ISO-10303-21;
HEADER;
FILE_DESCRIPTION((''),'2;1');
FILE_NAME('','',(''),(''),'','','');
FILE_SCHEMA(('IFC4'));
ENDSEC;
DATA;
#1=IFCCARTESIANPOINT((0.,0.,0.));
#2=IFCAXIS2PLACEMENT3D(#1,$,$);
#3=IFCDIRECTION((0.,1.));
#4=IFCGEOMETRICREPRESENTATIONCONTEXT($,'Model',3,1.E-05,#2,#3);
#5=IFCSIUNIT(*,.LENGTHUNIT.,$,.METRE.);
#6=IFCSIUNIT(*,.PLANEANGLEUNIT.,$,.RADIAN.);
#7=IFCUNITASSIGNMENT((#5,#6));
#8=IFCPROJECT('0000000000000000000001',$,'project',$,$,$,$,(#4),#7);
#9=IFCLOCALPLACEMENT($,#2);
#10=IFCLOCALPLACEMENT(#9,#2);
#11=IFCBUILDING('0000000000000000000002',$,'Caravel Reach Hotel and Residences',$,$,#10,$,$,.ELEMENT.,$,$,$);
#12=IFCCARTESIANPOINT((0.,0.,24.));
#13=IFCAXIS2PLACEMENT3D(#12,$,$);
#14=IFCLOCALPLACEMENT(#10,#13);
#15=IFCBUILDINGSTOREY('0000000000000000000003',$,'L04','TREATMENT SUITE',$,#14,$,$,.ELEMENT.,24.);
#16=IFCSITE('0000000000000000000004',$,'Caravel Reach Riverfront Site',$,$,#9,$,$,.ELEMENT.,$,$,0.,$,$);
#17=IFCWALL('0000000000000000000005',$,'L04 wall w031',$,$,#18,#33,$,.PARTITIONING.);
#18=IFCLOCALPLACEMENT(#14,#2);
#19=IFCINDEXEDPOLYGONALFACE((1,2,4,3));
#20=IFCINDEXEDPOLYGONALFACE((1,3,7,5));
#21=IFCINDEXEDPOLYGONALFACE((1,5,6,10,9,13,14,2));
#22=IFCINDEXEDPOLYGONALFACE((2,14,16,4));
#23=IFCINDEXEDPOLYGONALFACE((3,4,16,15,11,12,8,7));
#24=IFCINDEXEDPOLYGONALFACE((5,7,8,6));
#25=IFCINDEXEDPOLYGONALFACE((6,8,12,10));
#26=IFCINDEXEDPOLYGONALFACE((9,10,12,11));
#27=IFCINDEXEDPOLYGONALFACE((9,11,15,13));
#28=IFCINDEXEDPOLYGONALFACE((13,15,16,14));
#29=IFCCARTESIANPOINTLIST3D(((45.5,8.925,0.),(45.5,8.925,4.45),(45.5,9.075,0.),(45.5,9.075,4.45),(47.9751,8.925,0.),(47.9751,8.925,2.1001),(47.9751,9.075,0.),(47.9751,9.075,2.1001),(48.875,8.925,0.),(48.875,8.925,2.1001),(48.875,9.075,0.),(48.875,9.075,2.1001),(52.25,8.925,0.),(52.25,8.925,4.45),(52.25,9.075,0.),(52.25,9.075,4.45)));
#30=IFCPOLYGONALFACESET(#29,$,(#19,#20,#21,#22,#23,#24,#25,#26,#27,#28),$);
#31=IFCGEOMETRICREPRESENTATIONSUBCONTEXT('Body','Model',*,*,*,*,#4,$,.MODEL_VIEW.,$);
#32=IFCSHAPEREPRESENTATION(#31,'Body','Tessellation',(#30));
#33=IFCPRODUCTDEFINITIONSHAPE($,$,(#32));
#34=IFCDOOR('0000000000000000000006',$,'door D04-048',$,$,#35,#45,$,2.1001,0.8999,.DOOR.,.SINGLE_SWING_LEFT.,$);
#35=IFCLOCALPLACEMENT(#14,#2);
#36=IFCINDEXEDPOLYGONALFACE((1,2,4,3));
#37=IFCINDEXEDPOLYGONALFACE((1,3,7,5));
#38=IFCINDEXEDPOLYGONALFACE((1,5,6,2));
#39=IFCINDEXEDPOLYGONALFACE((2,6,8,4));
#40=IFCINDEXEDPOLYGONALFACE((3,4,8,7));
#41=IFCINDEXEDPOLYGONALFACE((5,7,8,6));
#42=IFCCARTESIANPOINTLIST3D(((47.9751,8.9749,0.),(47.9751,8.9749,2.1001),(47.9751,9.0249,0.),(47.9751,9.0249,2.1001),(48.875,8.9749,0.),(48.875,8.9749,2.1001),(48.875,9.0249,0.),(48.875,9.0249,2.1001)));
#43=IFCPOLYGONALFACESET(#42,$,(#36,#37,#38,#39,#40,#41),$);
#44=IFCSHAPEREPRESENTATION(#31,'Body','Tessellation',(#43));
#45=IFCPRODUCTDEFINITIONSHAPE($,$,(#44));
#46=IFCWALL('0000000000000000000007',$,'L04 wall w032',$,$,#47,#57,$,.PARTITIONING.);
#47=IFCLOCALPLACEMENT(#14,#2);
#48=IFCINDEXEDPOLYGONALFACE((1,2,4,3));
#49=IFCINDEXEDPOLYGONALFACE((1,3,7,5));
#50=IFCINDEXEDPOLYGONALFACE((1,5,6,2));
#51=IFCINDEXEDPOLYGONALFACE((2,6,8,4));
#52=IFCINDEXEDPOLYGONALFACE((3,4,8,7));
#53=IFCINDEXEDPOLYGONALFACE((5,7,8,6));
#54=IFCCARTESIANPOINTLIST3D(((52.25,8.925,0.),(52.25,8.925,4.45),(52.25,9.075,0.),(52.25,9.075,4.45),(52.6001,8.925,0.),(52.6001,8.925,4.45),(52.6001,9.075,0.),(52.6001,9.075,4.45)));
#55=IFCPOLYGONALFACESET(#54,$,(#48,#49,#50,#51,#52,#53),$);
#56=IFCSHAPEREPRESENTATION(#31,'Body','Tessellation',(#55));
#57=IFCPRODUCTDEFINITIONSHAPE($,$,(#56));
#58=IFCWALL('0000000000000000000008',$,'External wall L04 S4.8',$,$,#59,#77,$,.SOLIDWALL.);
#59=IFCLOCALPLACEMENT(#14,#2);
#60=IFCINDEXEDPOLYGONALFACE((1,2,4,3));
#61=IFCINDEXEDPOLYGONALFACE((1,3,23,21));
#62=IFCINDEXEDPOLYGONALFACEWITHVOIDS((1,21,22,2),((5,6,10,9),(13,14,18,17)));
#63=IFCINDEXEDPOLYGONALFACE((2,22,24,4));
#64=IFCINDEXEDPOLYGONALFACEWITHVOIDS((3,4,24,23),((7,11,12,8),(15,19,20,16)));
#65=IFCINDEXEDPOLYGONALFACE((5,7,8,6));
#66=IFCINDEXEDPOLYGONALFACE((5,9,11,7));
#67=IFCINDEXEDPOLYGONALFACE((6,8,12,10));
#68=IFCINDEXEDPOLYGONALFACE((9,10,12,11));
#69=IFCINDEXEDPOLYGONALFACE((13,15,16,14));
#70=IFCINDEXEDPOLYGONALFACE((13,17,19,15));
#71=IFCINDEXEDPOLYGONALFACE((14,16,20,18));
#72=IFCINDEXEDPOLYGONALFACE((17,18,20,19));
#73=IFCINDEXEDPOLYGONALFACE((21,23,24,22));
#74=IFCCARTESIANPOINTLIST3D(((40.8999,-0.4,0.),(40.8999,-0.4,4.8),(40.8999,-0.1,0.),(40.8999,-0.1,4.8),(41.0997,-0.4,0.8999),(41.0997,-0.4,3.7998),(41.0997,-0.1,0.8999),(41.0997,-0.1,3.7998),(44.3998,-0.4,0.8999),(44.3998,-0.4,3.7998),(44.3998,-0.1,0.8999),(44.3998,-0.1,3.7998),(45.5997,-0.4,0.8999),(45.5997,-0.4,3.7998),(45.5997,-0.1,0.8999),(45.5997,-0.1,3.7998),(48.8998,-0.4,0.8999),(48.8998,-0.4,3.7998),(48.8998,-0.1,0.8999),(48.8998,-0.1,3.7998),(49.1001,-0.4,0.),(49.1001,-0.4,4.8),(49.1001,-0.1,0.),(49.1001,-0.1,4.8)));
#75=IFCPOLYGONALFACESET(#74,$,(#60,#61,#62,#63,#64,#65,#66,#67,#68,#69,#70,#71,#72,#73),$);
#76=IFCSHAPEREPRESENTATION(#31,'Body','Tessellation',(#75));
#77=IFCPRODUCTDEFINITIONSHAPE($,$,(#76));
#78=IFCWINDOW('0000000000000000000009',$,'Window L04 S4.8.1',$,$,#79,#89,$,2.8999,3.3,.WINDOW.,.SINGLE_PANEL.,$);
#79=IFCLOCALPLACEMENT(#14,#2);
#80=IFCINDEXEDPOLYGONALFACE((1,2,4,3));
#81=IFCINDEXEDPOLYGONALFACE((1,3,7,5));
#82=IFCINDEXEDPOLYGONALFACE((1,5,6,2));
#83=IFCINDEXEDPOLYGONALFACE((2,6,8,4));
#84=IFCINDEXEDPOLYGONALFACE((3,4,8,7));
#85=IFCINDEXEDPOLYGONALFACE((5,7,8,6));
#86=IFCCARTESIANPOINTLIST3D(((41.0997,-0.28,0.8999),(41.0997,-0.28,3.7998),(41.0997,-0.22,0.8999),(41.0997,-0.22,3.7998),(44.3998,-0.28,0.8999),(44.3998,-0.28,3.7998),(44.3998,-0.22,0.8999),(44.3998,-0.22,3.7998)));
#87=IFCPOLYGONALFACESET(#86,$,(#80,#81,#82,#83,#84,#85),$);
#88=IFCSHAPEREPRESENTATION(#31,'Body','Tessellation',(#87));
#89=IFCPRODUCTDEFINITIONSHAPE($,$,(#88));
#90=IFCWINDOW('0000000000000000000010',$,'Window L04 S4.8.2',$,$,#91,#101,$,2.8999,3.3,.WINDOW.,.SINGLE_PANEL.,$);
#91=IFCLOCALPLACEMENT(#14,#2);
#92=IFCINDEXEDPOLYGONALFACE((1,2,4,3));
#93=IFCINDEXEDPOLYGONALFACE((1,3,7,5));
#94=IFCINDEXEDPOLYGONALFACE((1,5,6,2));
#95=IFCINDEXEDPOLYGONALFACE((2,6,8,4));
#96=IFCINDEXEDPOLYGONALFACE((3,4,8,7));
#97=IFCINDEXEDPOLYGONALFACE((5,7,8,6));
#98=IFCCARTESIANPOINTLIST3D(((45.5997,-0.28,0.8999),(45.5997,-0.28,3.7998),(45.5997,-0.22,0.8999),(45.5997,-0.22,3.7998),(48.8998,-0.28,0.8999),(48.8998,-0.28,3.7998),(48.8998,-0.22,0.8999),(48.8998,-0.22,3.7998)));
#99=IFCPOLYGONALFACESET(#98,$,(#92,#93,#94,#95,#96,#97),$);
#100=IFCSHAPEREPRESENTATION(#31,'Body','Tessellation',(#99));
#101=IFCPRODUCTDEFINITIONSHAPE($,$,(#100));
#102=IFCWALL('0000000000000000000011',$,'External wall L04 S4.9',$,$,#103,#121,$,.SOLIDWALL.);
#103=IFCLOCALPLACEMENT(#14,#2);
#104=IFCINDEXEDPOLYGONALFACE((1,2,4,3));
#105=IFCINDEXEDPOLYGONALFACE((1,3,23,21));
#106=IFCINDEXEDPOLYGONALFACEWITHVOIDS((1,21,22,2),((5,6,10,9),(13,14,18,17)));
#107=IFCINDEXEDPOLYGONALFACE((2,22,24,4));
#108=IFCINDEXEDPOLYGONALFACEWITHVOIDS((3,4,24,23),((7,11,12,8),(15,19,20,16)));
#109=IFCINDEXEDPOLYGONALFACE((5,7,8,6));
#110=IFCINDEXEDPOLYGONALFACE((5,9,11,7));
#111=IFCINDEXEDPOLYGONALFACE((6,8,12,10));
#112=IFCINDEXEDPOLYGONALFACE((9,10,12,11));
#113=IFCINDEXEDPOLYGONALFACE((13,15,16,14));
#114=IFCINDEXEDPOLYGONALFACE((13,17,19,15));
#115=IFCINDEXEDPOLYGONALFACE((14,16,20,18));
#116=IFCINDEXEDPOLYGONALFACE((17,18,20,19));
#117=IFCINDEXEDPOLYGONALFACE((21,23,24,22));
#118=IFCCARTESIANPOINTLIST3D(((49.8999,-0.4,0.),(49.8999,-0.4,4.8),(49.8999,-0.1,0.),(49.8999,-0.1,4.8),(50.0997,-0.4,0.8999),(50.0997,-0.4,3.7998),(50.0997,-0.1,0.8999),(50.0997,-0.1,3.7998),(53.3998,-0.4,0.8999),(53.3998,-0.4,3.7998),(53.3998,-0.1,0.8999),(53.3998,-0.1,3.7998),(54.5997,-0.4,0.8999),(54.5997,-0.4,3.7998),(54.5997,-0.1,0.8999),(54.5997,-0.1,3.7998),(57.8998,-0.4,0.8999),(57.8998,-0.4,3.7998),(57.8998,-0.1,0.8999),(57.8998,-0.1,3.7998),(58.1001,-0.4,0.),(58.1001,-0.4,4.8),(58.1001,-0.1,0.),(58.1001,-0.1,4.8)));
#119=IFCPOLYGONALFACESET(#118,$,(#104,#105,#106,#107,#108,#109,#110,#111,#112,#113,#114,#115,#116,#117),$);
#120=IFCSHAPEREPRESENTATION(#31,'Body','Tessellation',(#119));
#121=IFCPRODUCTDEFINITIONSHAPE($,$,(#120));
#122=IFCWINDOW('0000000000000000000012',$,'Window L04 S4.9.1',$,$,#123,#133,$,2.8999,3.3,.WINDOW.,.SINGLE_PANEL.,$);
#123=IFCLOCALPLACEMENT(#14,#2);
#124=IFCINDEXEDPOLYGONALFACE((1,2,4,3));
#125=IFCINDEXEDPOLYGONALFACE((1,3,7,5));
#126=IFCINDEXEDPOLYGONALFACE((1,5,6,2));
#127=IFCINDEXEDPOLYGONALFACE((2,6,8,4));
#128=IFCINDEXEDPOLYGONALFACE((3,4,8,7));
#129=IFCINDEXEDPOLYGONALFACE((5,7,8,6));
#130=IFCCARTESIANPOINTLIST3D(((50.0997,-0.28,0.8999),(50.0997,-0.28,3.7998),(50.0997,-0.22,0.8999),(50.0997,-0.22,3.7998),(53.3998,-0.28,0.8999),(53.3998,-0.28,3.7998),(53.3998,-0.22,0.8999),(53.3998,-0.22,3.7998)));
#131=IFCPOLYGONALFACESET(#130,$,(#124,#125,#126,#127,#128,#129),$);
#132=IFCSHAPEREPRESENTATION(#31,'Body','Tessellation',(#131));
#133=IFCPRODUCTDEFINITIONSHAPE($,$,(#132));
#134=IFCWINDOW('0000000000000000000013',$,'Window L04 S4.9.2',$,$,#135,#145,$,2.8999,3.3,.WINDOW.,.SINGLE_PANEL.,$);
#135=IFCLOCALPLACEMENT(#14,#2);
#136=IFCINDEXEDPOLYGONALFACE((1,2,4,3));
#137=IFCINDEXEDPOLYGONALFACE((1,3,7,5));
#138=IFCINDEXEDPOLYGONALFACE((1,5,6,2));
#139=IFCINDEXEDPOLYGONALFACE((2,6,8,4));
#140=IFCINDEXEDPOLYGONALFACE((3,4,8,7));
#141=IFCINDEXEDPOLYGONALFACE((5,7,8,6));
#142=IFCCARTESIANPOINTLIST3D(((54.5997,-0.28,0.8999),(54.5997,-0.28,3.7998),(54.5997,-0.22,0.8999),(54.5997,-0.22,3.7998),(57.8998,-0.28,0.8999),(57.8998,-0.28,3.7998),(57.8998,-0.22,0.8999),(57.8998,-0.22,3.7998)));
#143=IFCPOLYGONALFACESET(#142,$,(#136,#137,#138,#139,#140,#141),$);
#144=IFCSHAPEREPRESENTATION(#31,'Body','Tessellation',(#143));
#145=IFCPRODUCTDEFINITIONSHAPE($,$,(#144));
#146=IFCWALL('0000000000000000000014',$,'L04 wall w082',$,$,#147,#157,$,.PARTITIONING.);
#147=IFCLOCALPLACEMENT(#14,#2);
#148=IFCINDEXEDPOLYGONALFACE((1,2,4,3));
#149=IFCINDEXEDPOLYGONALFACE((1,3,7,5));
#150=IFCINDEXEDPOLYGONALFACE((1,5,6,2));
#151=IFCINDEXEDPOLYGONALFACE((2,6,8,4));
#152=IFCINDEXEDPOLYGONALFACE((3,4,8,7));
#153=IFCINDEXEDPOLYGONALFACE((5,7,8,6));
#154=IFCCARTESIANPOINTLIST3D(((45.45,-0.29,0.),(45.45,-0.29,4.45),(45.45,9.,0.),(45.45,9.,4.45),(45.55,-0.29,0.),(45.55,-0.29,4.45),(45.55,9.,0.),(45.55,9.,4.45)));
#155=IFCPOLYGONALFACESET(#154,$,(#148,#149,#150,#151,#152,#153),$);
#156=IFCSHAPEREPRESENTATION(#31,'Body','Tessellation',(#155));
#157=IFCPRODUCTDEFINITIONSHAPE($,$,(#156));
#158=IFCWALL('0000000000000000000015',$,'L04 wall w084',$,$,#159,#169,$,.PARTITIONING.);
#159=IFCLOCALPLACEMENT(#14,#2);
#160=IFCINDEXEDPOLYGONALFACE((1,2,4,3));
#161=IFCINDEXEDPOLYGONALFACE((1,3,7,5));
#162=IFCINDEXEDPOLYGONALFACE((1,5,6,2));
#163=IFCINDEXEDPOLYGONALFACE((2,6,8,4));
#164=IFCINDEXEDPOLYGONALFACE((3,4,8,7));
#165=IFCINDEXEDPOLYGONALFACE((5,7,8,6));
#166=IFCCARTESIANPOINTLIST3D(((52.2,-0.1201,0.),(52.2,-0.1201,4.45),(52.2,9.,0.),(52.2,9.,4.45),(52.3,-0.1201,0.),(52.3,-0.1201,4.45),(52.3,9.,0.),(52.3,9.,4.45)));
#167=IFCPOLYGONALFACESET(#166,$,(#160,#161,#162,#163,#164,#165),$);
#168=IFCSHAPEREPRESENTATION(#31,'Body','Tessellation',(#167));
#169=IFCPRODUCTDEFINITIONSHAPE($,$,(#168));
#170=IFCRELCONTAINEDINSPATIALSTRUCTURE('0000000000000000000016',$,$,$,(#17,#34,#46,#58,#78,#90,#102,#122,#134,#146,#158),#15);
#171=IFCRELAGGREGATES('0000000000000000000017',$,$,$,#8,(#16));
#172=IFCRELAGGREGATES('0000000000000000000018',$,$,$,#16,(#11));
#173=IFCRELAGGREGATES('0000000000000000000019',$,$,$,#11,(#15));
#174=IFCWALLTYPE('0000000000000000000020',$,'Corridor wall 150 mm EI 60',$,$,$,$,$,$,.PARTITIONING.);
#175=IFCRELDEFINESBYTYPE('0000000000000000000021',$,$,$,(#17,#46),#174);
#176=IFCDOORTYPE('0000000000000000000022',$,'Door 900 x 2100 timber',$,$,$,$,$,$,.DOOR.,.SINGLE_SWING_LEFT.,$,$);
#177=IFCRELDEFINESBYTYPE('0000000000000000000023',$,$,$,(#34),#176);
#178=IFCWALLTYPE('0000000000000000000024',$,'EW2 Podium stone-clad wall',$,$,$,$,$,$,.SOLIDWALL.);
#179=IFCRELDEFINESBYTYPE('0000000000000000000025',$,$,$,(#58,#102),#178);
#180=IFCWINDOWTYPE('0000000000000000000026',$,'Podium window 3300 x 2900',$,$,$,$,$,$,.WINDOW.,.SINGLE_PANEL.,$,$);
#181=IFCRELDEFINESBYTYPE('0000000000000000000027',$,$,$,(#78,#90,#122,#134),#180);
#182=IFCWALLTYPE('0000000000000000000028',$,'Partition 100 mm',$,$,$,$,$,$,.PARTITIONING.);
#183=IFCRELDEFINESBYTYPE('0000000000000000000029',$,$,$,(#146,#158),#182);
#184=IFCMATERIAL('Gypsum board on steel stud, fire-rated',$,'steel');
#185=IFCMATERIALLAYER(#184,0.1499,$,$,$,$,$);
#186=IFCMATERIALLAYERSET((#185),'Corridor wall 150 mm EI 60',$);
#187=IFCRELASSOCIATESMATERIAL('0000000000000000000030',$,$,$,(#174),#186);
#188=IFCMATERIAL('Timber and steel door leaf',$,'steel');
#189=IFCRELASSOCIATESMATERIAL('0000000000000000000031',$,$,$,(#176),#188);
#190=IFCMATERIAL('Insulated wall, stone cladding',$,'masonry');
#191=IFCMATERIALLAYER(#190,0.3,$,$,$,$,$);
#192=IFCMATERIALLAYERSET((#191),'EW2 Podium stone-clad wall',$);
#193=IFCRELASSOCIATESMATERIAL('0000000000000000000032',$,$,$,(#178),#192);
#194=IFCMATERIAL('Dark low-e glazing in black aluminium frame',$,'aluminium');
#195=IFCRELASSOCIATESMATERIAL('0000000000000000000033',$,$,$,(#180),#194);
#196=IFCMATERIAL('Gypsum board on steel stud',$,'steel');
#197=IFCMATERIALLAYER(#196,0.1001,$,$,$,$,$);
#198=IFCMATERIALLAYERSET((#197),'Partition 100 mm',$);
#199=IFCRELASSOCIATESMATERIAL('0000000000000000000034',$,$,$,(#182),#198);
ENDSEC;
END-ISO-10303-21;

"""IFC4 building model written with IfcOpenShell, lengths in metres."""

from ifc_helpers import new_model, si_unit, direction, frame, frame_2d, origin, place, context, subcontext, project, spatial, rectangle, extrude, material, layer, layer_set, type_object, element, fill, save


model = new_model("IFC4")

# Units and contexts
model_context = context("Model", 3, precision=1e-05, world=origin(), true_north=direction((0.0, 1.0)))
body_context = subcontext(model_context, "Body", "Model", "MODEL_VIEW")
ifc_project = project(units=[si_unit("LENGTHUNIT", "METRE"), si_unit("PLANEANGLEUNIT", "RADIAN")], contexts=[model_context])

# Site, building, storey
site_placement = place(None, origin())
site = spatial("IfcSite", under=ifc_project, at=site_placement, Name="Caravel Reach Riverfront Site", CompositionType="ELEMENT", RefElevation=0.0)
building_placement = place(site_placement, origin())
building = spatial("IfcBuilding", under=site, at=building_placement, Name="Caravel Reach Hotel and Residences", CompositionType="ELEMENT")
storey_placement = place(building_placement, frame((0.0, 0.0, 24.0)))
storey = spatial("IfcBuildingStorey", under=building, at=storey_placement, Name="L04", Description="TREATMENT SUITE", CompositionType="ELEMENT", Elevation=24.0)

# Wall, opening, door
ifc_material_1 = material(Name="Gypsum board on steel stud, fire-rated", Category="steel")
ifc_layer_1 = layer(ifc_material_1, 0.1499)
ifc_layer_set_1 = layer_set([ifc_layer_1], Name="Corridor wall 150 mm EI 60")
wall_type_1 = type_object("IfcWallType", Name="Corridor wall 150 mm EI 60", PredefinedType="PARTITIONING", material=ifc_layer_set_1)
wall_1_placement = place(storey_placement, frame((45.5, 9.0, 0.0), z_axis=(0.0, 0.0, 1.0), x_axis=(1.0, 0.0, 0.0)))
wall_1 = element("IfcWall", 1, at=wall_1_placement, inside=storey, type_object=wall_type_1, Name="L04 wall w031", PredefinedType="PARTITIONING", context=body_context, shape_type="SweptSolid", body=[
    extrude(rectangle(XDim=6.75, YDim=0.1499, at=frame_2d((3.375, 0.0))), origin(), (0.0, 0.0, 1.0), 4.45),
])
opening_1_placement = place(wall_1_placement, frame((2.4751, 0.0, 0.0)))
opening_1 = element("IfcOpeningElement", 2, at=opening_1_placement, cuts=wall_1, PredefinedType="OPENING", context=body_context, shape_type="SweptSolid", body=[
    extrude(rectangle(XDim=0.8999, YDim=2.1001, at=frame_2d((0.45, 1.05))), frame((0.0, 0.085, 0.0), z_axis=(0.0, -1.0, 0.0), x_axis=(1.0, 0.0, 0.0)), (0.0, 0.0, 1.0), 0.1699),
])
ifc_material_2 = material(Name="Timber and steel door leaf", Category="steel")
door_type = type_object("IfcDoorType", Name="Door 900 x 2100 timber", OperationType="SINGLE_SWING_LEFT", PredefinedType="DOOR", material=ifc_material_2)
door_placement = place(opening_1_placement, origin())
door = element("IfcDoor", 3, at=door_placement, inside=storey, type_object=door_type, Name="door D04-048", OperationType="SINGLE_SWING_LEFT", OverallHeight=2.1001, OverallWidth=0.8999, PredefinedType="DOOR", context=body_context, shape_type="SweptSolid", body=[
    extrude(rectangle(XDim=0.8999, YDim=2.1001, at=frame_2d((0.45, 1.05))), frame((0.0, 0.0249, 0.0), z_axis=(0.0, -1.0, 0.0), x_axis=(1.0, 0.0, 0.0)), (0.0, 0.0, 1.0), 0.05),
])
fill(opening_1, door)

# Wall
wall_2_placement = place(storey_placement, frame((52.25, 9.0, 0.0), z_axis=(0.0, 0.0, 1.0), x_axis=(1.0, 0.0, 0.0)))
element("IfcWall", 4, at=wall_2_placement, inside=storey, type_object=wall_type_1, Name="L04 wall w032", PredefinedType="PARTITIONING", context=body_context, shape_type="SweptSolid", body=[
    extrude(rectangle(XDim=0.3501, YDim=0.1499, at=frame_2d((0.175, 0.0))), origin(), (0.0, 0.0, 1.0), 4.45),
])

# Walls, openings, windows
ifc_material_3 = material(Name="Insulated wall, stone cladding", Category="masonry")
ifc_layer_2 = layer(ifc_material_3, 0.3)
ifc_layer_set_2 = layer_set([ifc_layer_2], Name="EW2 Podium stone-clad wall")
wall_type_2 = type_object("IfcWallType", Name="EW2 Podium stone-clad wall", PredefinedType="SOLIDWALL", material=ifc_layer_set_2)
wall_3_placement = place(storey_placement, frame((40.8999, -0.25, 0.0), z_axis=(0.0, 0.0, 1.0), x_axis=(1.0, 0.0, 0.0)))
wall_3 = element("IfcWall", 5, at=wall_3_placement, inside=storey, type_object=wall_type_2, Name="External wall L04 S4.8", PredefinedType="SOLIDWALL", context=body_context, shape_type="SweptSolid", body=[
    extrude(rectangle(XDim=8.2002, YDim=0.3, at=frame_2d((4.1001, 0.0))), origin(), (0.0, 0.0, 1.0), 4.8),
])
opening_2_placement = place(wall_3_placement, frame((0.2, 0.0, 0.8999)))
opening_2 = element("IfcOpeningElement", 6, at=opening_2_placement, cuts=wall_3, PredefinedType="OPENING", context=body_context, shape_type="SweptSolid", body=[
    extrude(rectangle(XDim=3.3, YDim=2.8999, at=frame_2d((1.6499, 1.45))), frame((0.0, 0.1599, 0.0), z_axis=(0.0, -1.0, 0.0), x_axis=(1.0, 0.0, 0.0)), (0.0, 0.0, 1.0), 0.3201),
])
opening_3_placement = place(wall_3_placement, frame((4.7, 0.0, 0.8999)))
opening_3 = element("IfcOpeningElement", 7, at=opening_3_placement, cuts=wall_3, PredefinedType="OPENING", context=body_context, shape_type="SweptSolid", body=[
    extrude(rectangle(XDim=3.3, YDim=2.8999, at=frame_2d((1.6499, 1.45))), frame((0.0, 0.1599, 0.0), z_axis=(0.0, -1.0, 0.0), x_axis=(1.0, 0.0, 0.0)), (0.0, 0.0, 1.0), 0.3201),
])
ifc_material_4 = material(Name="Dark low-e glazing in black aluminium frame", Category="aluminium")
window_type = type_object("IfcWindowType", Name="Podium window 3300 x 2900", PartitioningType="SINGLE_PANEL", PredefinedType="WINDOW", material=ifc_material_4)
window_1_placement = place(opening_2_placement, origin())
window_1 = element("IfcWindow", 8, at=window_1_placement, inside=storey, type_object=window_type, Name="Window L04 S4.8.1", OverallHeight=2.8999, OverallWidth=3.3, PartitioningType="SINGLE_PANEL", PredefinedType="WINDOW", context=body_context, shape_type="SweptSolid", body=[
    extrude(rectangle(XDim=3.3, YDim=2.8999, at=frame_2d((1.6499, 1.45))), frame((0.0, 0.03, 0.0), z_axis=(0.0, -1.0, 0.0), x_axis=(1.0, 0.0, 0.0)), (0.0, 0.0, 1.0), 0.0601),
])
fill(opening_2, window_1)
window_2_placement = place(opening_3_placement, origin())
window_2 = element("IfcWindow", 9, at=window_2_placement, inside=storey, type_object=window_type, Name="Window L04 S4.8.2", OverallHeight=2.8999, OverallWidth=3.3, PartitioningType="SINGLE_PANEL", PredefinedType="WINDOW", context=body_context, shape_type="SweptSolid", body=[
    extrude(rectangle(XDim=3.3, YDim=2.8999, at=frame_2d((1.6499, 1.45))), frame((0.0, 0.03, 0.0), z_axis=(0.0, -1.0, 0.0), x_axis=(1.0, 0.0, 0.0)), (0.0, 0.0, 1.0), 0.0601),
])
fill(opening_3, window_2)
wall_4_placement = place(storey_placement, frame((49.8999, -0.25, 0.0), z_axis=(0.0, 0.0, 1.0), x_axis=(1.0, 0.0, 0.0)))
wall_4 = element("IfcWall", 10, at=wall_4_placement, inside=storey, type_object=wall_type_2, Name="External wall L04 S4.9", PredefinedType="SOLIDWALL", context=body_context, shape_type="SweptSolid", body=[
    extrude(rectangle(XDim=8.2002, YDim=0.3, at=frame_2d((4.1001, 0.0))), origin(), (0.0, 0.0, 1.0), 4.8),
])
opening_4_placement = place(wall_4_placement, frame((0.2, 0.0, 0.8999)))
opening_4 = element("IfcOpeningElement", 11, at=opening_4_placement, cuts=wall_4, PredefinedType="OPENING", context=body_context, shape_type="SweptSolid", body=[
    extrude(rectangle(XDim=3.3, YDim=2.8999, at=frame_2d((1.6499, 1.45))), frame((0.0, 0.1599, 0.0), z_axis=(0.0, -1.0, 0.0), x_axis=(1.0, 0.0, 0.0)), (0.0, 0.0, 1.0), 0.3201),
])
opening_5_placement = place(wall_4_placement, frame((4.7, 0.0, 0.8999)))
opening_5 = element("IfcOpeningElement", 12, at=opening_5_placement, cuts=wall_4, PredefinedType="OPENING", context=body_context, shape_type="SweptSolid", body=[
    extrude(rectangle(XDim=3.3, YDim=2.8999, at=frame_2d((1.6499, 1.45))), frame((0.0, 0.1599, 0.0), z_axis=(0.0, -1.0, 0.0), x_axis=(1.0, 0.0, 0.0)), (0.0, 0.0, 1.0), 0.3201),
])
window_3_placement = place(opening_4_placement, origin())
window_3 = element("IfcWindow", 13, at=window_3_placement, inside=storey, type_object=window_type, Name="Window L04 S4.9.1", OverallHeight=2.8999, OverallWidth=3.3, PartitioningType="SINGLE_PANEL", PredefinedType="WINDOW", context=body_context, shape_type="SweptSolid", body=[
    extrude(rectangle(XDim=3.3, YDim=2.8999, at=frame_2d((1.6499, 1.45))), frame((0.0, 0.03, 0.0), z_axis=(0.0, -1.0, 0.0), x_axis=(1.0, 0.0, 0.0)), (0.0, 0.0, 1.0), 0.0601),
])
fill(opening_4, window_3)
window_4_placement = place(opening_5_placement, origin())
window_4 = element("IfcWindow", 14, at=window_4_placement, inside=storey, type_object=window_type, Name="Window L04 S4.9.2", OverallHeight=2.8999, OverallWidth=3.3, PartitioningType="SINGLE_PANEL", PredefinedType="WINDOW", context=body_context, shape_type="SweptSolid", body=[
    extrude(rectangle(XDim=3.3, YDim=2.8999, at=frame_2d((1.6499, 1.45))), frame((0.0, 0.03, 0.0), z_axis=(0.0, -1.0, 0.0), x_axis=(1.0, 0.0, 0.0)), (0.0, 0.0, 1.0), 0.0601),
])
fill(opening_5, window_4)

# Walls
ifc_material_5 = material(Name="Gypsum board on steel stud", Category="steel")
ifc_layer_3 = layer(ifc_material_5, 0.1001)
ifc_layer_set_3 = layer_set([ifc_layer_3], Name="Partition 100 mm")
wall_type_3 = type_object("IfcWallType", Name="Partition 100 mm", PredefinedType="PARTITIONING", material=ifc_layer_set_3)
wall_5_placement = place(storey_placement, frame((45.5, -0.29, 0.0), z_axis=(0.0, 0.0, 1.0), x_axis=(0.0, 1.0, 0.0)))
element("IfcWall", 15, at=wall_5_placement, inside=storey, type_object=wall_type_3, Name="L04 wall w082", PredefinedType="PARTITIONING", context=body_context, shape_type="SweptSolid", body=[
    extrude(rectangle(XDim=9.29, YDim=0.1001, at=frame_2d((4.645, 0.0))), origin(), (0.0, 0.0, 1.0), 4.45),
])
wall_6_placement = place(storey_placement, frame((52.25, -0.1201, 0.0), z_axis=(0.0, 0.0, 1.0), x_axis=(0.0, 1.0, 0.0)))
element("IfcWall", 16, at=wall_6_placement, inside=storey, type_object=wall_type_3, Name="L04 wall w084", PredefinedType="PARTITIONING", context=body_context, shape_type="SweptSolid", body=[
    extrude(rectangle(XDim=9.1201, YDim=0.1001, at=frame_2d((4.5601, 0.0))), origin(), (0.0, 0.0, 1.0), 4.45),
])

save(model, "model.ifc")
